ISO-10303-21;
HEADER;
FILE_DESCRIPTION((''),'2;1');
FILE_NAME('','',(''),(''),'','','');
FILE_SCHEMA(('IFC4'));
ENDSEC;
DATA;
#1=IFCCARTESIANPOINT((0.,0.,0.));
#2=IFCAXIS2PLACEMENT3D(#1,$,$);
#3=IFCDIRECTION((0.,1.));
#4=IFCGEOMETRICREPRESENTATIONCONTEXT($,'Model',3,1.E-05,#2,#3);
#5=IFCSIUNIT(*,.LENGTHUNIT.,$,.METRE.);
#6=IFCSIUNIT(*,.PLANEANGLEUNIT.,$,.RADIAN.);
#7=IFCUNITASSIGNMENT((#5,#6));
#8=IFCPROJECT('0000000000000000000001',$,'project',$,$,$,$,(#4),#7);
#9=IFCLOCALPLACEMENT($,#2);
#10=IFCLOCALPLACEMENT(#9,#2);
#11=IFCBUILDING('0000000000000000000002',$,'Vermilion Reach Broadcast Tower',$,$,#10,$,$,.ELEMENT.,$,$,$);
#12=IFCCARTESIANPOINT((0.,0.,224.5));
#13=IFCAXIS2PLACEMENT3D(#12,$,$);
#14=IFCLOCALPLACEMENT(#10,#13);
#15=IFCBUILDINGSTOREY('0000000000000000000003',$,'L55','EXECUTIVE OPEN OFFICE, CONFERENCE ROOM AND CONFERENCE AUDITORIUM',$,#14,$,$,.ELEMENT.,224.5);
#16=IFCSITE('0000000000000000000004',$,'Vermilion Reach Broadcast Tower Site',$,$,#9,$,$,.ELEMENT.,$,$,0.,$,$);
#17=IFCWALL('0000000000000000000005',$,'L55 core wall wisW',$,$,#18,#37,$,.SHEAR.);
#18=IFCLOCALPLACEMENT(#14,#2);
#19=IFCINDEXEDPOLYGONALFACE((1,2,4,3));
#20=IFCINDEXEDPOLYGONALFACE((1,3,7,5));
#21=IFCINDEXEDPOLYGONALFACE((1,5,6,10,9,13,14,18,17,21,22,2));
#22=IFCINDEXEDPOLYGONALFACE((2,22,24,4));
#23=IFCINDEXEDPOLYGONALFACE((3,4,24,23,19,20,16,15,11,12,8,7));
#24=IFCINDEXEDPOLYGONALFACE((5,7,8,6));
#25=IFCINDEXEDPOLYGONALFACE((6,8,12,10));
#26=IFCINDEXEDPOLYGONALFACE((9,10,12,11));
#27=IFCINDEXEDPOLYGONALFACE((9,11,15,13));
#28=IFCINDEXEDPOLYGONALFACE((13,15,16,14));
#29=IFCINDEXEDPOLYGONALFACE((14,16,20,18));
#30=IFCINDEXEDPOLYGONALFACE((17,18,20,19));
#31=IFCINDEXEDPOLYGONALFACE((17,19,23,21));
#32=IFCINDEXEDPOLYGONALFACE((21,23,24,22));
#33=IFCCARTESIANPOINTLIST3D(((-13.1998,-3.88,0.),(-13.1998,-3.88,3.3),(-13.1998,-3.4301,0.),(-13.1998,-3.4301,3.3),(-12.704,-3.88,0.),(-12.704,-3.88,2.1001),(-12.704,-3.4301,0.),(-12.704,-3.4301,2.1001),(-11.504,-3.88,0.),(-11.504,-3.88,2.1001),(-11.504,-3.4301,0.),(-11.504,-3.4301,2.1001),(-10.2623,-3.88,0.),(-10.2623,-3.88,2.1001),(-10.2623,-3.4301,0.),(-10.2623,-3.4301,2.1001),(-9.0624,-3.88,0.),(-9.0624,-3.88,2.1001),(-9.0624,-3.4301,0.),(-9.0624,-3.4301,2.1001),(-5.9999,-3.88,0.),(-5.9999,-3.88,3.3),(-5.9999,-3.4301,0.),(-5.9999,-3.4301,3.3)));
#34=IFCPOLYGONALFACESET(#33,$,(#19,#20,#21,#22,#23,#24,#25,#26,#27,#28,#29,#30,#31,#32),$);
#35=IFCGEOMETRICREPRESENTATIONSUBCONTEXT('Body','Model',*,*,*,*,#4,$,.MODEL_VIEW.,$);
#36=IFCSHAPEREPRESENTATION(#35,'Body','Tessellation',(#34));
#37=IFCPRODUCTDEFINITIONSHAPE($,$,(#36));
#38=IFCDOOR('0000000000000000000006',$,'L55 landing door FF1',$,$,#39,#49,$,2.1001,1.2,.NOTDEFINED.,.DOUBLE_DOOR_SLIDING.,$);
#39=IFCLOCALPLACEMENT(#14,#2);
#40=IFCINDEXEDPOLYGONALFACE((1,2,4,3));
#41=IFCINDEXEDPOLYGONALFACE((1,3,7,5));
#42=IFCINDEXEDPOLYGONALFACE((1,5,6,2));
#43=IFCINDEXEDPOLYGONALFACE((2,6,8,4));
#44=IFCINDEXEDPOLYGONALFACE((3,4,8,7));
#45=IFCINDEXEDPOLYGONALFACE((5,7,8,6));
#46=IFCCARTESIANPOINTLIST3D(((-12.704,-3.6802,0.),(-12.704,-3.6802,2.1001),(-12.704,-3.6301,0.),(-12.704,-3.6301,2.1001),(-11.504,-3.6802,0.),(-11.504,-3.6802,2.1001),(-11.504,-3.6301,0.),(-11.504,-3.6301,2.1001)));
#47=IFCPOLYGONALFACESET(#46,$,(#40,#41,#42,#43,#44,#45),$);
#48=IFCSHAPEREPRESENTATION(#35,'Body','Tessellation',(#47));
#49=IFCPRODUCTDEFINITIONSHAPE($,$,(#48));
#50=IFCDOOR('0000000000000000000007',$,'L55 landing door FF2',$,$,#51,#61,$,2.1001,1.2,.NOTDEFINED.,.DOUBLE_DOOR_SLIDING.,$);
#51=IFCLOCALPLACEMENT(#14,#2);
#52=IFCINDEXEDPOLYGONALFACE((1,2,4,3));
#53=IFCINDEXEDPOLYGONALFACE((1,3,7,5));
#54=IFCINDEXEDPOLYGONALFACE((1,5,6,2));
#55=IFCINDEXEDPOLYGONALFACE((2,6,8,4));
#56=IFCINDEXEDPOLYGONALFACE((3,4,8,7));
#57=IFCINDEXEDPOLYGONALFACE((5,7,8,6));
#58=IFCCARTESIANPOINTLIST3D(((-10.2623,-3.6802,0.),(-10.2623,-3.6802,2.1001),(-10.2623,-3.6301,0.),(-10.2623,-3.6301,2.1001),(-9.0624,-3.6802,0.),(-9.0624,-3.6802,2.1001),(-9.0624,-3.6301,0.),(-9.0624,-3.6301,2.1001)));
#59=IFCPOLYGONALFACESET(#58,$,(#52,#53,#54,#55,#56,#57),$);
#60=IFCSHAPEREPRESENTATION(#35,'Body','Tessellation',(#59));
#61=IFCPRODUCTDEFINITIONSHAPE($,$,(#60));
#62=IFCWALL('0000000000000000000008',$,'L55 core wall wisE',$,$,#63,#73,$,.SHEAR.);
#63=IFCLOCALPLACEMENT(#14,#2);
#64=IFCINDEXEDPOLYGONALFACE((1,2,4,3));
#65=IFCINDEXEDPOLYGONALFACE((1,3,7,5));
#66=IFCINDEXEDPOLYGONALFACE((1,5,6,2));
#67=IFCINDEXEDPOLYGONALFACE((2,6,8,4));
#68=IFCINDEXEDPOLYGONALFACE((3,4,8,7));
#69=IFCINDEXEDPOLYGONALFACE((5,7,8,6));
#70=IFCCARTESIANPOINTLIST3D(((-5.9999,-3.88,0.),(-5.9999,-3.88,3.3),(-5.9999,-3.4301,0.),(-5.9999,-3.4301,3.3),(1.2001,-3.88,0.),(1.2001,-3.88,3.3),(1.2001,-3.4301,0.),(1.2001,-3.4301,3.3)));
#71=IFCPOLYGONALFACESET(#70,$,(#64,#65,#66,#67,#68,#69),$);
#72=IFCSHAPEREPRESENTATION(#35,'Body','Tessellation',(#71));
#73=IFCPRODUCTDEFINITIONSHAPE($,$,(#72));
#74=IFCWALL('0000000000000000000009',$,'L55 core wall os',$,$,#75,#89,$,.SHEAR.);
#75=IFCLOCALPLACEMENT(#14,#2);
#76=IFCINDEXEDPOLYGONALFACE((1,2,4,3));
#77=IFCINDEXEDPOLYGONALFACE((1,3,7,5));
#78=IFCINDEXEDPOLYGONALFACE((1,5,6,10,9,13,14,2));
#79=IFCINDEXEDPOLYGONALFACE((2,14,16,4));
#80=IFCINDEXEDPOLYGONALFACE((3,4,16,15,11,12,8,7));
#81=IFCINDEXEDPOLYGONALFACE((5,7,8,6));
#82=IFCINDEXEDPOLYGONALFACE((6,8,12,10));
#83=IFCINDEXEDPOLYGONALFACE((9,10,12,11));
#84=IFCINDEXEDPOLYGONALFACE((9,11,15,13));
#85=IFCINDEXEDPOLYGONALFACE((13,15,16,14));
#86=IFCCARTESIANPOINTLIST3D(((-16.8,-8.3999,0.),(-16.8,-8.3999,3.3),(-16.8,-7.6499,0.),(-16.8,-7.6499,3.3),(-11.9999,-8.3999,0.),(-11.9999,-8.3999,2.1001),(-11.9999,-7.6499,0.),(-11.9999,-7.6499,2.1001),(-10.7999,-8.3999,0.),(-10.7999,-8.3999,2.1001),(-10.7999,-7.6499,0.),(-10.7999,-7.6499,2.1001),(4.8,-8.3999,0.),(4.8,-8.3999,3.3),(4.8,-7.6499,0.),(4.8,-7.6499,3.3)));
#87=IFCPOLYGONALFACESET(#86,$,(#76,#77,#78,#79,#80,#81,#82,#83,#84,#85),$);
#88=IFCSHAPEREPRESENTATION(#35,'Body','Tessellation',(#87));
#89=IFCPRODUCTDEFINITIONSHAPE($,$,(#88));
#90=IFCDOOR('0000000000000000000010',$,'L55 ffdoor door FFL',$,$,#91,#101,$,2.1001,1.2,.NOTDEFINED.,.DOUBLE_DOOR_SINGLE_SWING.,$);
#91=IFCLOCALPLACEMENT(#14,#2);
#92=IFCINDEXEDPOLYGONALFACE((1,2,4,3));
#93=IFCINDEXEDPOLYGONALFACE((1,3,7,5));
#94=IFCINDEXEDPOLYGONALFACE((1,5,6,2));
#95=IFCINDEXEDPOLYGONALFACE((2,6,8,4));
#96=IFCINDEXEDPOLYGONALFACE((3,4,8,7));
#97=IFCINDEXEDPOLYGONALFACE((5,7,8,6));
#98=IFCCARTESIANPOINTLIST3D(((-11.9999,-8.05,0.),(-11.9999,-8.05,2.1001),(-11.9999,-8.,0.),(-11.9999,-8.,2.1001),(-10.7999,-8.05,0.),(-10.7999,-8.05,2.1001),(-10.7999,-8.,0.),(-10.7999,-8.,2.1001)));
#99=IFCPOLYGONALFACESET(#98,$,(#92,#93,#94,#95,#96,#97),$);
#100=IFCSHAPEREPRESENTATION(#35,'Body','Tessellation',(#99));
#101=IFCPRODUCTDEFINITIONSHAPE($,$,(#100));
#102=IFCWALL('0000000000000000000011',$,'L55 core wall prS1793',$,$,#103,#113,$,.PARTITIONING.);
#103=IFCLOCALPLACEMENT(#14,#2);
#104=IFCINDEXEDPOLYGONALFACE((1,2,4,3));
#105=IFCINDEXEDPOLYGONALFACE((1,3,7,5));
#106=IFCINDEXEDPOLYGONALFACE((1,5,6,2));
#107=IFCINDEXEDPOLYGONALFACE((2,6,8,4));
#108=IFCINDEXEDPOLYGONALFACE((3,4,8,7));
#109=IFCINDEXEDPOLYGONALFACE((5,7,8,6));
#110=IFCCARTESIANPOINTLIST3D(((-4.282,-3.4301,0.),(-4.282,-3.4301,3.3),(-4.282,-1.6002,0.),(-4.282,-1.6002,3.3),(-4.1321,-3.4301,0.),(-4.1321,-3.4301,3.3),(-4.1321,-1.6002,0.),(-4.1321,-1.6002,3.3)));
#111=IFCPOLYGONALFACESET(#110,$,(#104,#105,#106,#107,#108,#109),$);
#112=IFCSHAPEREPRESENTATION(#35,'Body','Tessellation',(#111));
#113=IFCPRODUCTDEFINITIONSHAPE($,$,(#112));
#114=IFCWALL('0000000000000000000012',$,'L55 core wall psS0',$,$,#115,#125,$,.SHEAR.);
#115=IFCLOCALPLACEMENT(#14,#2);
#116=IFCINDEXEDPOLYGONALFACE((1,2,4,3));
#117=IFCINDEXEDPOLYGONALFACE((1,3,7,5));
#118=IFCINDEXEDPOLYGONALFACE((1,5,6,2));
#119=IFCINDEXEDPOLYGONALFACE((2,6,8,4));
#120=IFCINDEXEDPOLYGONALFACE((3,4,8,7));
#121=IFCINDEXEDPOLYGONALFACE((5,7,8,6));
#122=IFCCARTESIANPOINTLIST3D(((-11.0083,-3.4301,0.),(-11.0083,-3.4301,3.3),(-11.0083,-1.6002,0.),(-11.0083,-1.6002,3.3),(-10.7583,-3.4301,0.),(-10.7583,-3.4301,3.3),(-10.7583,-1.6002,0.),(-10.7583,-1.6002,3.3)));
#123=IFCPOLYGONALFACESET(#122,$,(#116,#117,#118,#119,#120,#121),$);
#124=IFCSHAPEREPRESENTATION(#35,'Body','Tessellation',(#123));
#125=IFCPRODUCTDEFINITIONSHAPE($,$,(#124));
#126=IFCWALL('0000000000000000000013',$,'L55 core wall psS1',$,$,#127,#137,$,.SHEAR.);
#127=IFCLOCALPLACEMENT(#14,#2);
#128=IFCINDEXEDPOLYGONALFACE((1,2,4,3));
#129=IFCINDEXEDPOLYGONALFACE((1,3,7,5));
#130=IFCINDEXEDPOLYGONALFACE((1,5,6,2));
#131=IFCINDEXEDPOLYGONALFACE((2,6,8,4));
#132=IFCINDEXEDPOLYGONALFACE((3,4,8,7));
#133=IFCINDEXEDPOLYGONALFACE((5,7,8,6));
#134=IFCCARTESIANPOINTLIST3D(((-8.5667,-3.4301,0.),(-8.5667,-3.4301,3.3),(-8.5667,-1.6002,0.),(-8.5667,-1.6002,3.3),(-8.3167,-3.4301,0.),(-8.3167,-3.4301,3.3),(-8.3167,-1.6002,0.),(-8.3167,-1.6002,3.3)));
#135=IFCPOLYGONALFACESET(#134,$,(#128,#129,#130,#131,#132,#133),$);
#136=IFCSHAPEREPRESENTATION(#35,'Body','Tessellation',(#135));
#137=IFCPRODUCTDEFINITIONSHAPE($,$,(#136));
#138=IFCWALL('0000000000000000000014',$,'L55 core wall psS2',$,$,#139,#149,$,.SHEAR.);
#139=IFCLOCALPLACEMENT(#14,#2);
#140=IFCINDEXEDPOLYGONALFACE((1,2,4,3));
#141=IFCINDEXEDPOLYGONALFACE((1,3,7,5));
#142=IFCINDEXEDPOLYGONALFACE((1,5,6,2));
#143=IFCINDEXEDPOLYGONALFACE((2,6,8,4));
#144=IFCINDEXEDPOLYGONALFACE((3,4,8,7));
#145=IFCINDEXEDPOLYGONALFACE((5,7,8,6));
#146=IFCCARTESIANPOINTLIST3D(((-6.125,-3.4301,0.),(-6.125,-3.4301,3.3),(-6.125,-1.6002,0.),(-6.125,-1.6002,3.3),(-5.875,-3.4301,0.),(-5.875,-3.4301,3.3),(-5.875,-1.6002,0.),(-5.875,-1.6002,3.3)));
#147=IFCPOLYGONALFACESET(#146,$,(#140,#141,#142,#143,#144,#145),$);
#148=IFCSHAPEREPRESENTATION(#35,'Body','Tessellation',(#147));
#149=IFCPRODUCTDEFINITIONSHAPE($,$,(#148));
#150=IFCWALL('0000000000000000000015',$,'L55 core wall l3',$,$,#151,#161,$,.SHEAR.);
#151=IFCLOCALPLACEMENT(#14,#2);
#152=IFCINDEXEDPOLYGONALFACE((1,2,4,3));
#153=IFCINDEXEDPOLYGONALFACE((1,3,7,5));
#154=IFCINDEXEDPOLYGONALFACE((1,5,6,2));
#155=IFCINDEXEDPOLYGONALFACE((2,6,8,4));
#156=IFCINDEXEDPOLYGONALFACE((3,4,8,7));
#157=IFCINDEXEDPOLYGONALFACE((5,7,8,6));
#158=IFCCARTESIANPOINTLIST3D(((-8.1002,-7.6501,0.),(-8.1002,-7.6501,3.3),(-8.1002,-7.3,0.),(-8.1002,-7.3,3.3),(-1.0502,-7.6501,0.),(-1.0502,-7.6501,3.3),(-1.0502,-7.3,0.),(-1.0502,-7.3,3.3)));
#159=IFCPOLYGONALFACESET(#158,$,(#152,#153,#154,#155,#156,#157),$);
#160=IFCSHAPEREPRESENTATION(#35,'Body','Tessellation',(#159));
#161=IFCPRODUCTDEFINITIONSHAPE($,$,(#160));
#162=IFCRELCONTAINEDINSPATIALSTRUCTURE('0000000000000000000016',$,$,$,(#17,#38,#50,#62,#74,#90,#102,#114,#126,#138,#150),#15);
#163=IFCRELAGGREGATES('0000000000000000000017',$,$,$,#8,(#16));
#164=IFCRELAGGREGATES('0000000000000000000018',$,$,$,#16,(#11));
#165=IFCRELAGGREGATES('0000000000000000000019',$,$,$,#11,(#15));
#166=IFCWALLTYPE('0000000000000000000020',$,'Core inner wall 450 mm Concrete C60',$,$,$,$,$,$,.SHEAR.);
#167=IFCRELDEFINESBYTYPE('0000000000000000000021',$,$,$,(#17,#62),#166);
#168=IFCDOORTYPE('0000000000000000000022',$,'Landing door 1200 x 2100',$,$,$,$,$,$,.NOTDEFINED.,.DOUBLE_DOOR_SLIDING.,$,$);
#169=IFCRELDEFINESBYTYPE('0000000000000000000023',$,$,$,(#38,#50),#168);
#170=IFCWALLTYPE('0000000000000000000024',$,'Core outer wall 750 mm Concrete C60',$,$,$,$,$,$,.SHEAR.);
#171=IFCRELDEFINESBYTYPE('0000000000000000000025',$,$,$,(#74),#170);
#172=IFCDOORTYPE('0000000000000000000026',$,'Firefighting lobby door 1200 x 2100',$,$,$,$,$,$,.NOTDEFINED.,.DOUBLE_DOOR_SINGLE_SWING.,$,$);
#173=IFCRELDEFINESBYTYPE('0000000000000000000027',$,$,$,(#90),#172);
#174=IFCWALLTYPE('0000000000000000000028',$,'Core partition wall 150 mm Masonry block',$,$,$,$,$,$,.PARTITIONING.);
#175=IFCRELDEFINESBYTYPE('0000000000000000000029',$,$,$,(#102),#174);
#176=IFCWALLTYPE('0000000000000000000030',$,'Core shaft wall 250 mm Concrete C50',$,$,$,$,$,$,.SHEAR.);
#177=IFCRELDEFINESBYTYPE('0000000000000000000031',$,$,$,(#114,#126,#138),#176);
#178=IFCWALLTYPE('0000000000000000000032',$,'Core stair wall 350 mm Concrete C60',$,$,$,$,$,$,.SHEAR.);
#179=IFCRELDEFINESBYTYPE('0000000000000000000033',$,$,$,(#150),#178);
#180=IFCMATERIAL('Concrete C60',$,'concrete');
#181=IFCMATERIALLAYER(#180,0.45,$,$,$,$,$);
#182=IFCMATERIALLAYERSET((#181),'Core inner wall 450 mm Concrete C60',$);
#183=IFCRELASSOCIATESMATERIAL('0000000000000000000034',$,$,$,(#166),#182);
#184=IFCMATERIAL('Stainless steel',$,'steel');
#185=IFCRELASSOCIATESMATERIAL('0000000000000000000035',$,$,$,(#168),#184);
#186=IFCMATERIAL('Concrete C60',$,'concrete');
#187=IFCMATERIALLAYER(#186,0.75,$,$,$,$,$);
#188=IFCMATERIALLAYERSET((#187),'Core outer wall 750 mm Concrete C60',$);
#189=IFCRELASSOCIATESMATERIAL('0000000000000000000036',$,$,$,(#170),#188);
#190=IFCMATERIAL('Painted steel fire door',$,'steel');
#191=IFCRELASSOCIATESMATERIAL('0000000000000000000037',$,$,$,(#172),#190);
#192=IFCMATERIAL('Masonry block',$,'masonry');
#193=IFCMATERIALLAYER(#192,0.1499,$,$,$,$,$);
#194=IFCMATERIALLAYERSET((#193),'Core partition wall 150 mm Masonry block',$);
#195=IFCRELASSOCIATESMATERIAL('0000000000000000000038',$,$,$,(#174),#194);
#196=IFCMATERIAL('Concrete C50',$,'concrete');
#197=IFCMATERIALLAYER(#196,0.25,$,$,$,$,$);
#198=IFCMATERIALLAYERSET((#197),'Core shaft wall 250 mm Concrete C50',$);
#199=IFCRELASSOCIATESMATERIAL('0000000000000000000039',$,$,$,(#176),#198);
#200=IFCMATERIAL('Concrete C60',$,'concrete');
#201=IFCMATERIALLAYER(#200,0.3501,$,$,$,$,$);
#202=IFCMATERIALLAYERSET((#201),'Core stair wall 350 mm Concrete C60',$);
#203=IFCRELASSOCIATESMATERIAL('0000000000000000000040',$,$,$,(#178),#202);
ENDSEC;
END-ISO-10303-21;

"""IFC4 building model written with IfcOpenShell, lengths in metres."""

from ifc_helpers import new_model, si_unit, direction, frame, frame_2d, origin, place, context, subcontext, project, spatial, rectangle, extrude, material, layer, layer_set, type_object, element, fill, save


model = new_model("IFC4")

# Units and contexts
model_context = context("Model", 3, precision=1e-05, world=origin(), true_north=direction((0.0, 1.0)))
body_context = subcontext(model_context, "Body", "Model", "MODEL_VIEW")
ifc_project = project(units=[si_unit("LENGTHUNIT", "METRE"), si_unit("PLANEANGLEUNIT", "RADIAN")], contexts=[model_context])

# Site, building, storey
site_placement = place(None, origin())
site = spatial("IfcSite", under=ifc_project, at=site_placement, Name="Vermilion Reach Broadcast Tower Site", CompositionType="ELEMENT", RefElevation=0.0)
building_placement = place(site_placement, origin())
building = spatial("IfcBuilding", under=site, at=building_placement, Name="Vermilion Reach Broadcast Tower", CompositionType="ELEMENT")
storey_placement = place(building_placement, frame((0.0, 0.0, 224.5)))
storey = spatial("IfcBuildingStorey", under=building, at=storey_placement, Name="L55", Description="EXECUTIVE OPEN OFFICE, CONFERENCE ROOM AND CONFERENCE AUDITORIUM", CompositionType="ELEMENT", Elevation=224.5)

# Wall, openings, doors
ifc_material_1 = material(Name="Concrete C60", Category="concrete")
ifc_layer_1 = layer(ifc_material_1, 0.45)
ifc_layer_set_1 = layer_set([ifc_layer_1], Name="Core inner wall 450 mm Concrete C60")
wall_type_1 = type_object("IfcWallType", Name="Core inner wall 450 mm Concrete C60", PredefinedType="SHEAR", material=ifc_layer_set_1)
wall_1_placement = place(storey_placement, frame((-13.2, -3.655, 0.0), z_axis=(0.0, 0.0, 1.0), x_axis=(1.0, 0.0, 0.0)))
wall_1 = element("IfcWall", 1, at=wall_1_placement, inside=storey, type_object=wall_type_1, Name="L55 core wall wisW", PredefinedType="SHEAR", context=body_context, shape_type="SweptSolid", body=[
    extrude(rectangle(XDim=7.2, YDim=0.45, at=frame_2d((3.6001, 0.0))), origin(), (0.0, 0.0, 1.0), 3.3),
])
opening_1_placement = place(wall_1_placement, frame((0.4958, 0.0, 0.0)))
opening_1 = element("IfcOpeningElement", 2, at=opening_1_placement, cuts=wall_1, PredefinedType="OPENING", context=body_context, shape_type="SweptSolid", body=[
    extrude(rectangle(XDim=1.2, YDim=2.1001, at=frame_2d((0.6001, 1.05))), frame((0.0, 0.2349, 0.0), z_axis=(0.0, -1.0, 0.0), x_axis=(1.0, 0.0, 0.0)), (0.0, 0.0, 1.0), 0.47),
])
opening_2_placement = place(wall_1_placement, frame((2.9375, 0.0, 0.0)))
opening_2 = element("IfcOpeningElement", 3, at=opening_2_placement, cuts=wall_1, PredefinedType="OPENING", context=body_context, shape_type="SweptSolid", body=[
    extrude(rectangle(XDim=1.2, YDim=2.1001, at=frame_2d((0.6001, 1.05))), frame((0.0, 0.2349, 0.0), z_axis=(0.0, -1.0, 0.0), x_axis=(1.0, 0.0, 0.0)), (0.0, 0.0, 1.0), 0.47),
])
ifc_material_2 = material(Name="Stainless steel", Category="steel")
door_type_1 = type_object("IfcDoorType", Name="Landing door 1200 x 2100", OperationType="DOUBLE_DOOR_SLIDING", PredefinedType="NOTDEFINED", material=ifc_material_2)
door_1_placement = place(opening_1_placement, origin())
door_1 = element("IfcDoor", 4, at=door_1_placement, inside=storey, type_object=door_type_1, Name="L55 landing door FF1", OperationType="DOUBLE_DOOR_SLIDING", OverallHeight=2.1001, OverallWidth=1.2, PredefinedType="NOTDEFINED", context=body_context, shape_type="SweptSolid", body=[
    extrude(rectangle(XDim=1.2, YDim=2.1001, at=frame_2d((0.6001, 1.05))), frame((0.0, 0.0249, 0.0), z_axis=(0.0, -1.0, 0.0), x_axis=(1.0, 0.0, 0.0)), (0.0, 0.0, 1.0), 0.05),
])
fill(opening_1, door_1)
door_2_placement = place(opening_2_placement, origin())
door_2 = element("IfcDoor", 5, at=door_2_placement, inside=storey, type_object=door_type_1, Name="L55 landing door FF2", OperationType="DOUBLE_DOOR_SLIDING", OverallHeight=2.1001, OverallWidth=1.2, PredefinedType="NOTDEFINED", context=body_context, shape_type="SweptSolid", body=[
    extrude(rectangle(XDim=1.2, YDim=2.1001, at=frame_2d((0.6001, 1.05))), frame((0.0, 0.0249, 0.0), z_axis=(0.0, -1.0, 0.0), x_axis=(1.0, 0.0, 0.0)), (0.0, 0.0, 1.0), 0.05),
])
fill(opening_2, door_2)

# Wall
wall_2_placement = place(storey_placement, frame((-6.0, -3.655, 0.0), z_axis=(0.0, 0.0, 1.0), x_axis=(1.0, 0.0, 0.0)))
element("IfcWall", 6, at=wall_2_placement, inside=storey, type_object=wall_type_1, Name="L55 core wall wisE", PredefinedType="SHEAR", context=body_context, shape_type="SweptSolid", body=[
    extrude(rectangle(XDim=7.2, YDim=0.45, at=frame_2d((3.6001, 0.0))), origin(), (0.0, 0.0, 1.0), 3.3),
])

# Wall, opening, door
ifc_material_3 = material(Name="Concrete C60", Category="concrete")
ifc_layer_2 = layer(ifc_material_3, 0.75)
ifc_layer_set_2 = layer_set([ifc_layer_2], Name="Core outer wall 750 mm Concrete C60")
wall_type_2 = type_object("IfcWallType", Name="Core outer wall 750 mm Concrete C60", PredefinedType="SHEAR", material=ifc_layer_set_2)
wall_3_placement = place(storey_placement, frame((-16.8, -8.0249, 0.0), z_axis=(0.0, 0.0, 1.0), x_axis=(1.0, 0.0, 0.0)))
wall_3 = element("IfcWall", 7, at=wall_3_placement, inside=storey, type_object=wall_type_2, Name="L55 core wall os", PredefinedType="SHEAR", context=body_context, shape_type="SweptSolid", body=[
    extrude(rectangle(XDim=21.6001, YDim=0.75, at=frame_2d((10.8, 0.0))), origin(), (0.0, 0.0, 1.0), 3.3),
])
opening_3_placement = place(wall_3_placement, frame((4.8, 0.0, 0.0)))
opening_3 = element("IfcOpeningElement", 8, at=opening_3_placement, cuts=wall_3, PredefinedType="OPENING", context=body_context, shape_type="SweptSolid", body=[
    extrude(rectangle(XDim=1.2, YDim=2.1001, at=frame_2d((0.6001, 1.05))), frame((0.0, 0.385, 0.0), z_axis=(0.0, -1.0, 0.0), x_axis=(1.0, 0.0, 0.0)), (0.0, 0.0, 1.0), 0.77),
])
ifc_material_4 = material(Name="Painted steel fire door", Category="steel")
door_type_2 = type_object("IfcDoorType", Name="Firefighting lobby door 1200 x 2100", OperationType="DOUBLE_DOOR_SINGLE_SWING", PredefinedType="NOTDEFINED", material=ifc_material_4)
door_3_placement = place(opening_3_placement, origin())
door_3 = element("IfcDoor", 9, at=door_3_placement, inside=storey, type_object=door_type_2, Name="L55 ffdoor door FFL", OperationType="DOUBLE_DOOR_SINGLE_SWING", OverallHeight=2.1001, OverallWidth=1.2, PredefinedType="NOTDEFINED", context=body_context, shape_type="SweptSolid", body=[
    extrude(rectangle(XDim=1.2, YDim=2.1001, at=frame_2d((0.6001, 1.05))), frame((0.0, 0.0249, 0.0), z_axis=(0.0, -1.0, 0.0), x_axis=(1.0, 0.0, 0.0)), (0.0, 0.0, 1.0), 0.05),
])
fill(opening_3, door_3)

# Walls
ifc_material_5 = material(Name="Masonry block", Category="masonry")
ifc_layer_3 = layer(ifc_material_5, 0.1499)
ifc_layer_set_3 = layer_set([ifc_layer_3], Name="Core partition wall 150 mm Masonry block")
wall_type_3 = type_object("IfcWallType", Name="Core partition wall 150 mm Masonry block", PredefinedType="PARTITIONING", material=ifc_layer_set_3)
wall_4_placement = place(storey_placement, frame((-4.207, -1.6001, 0.0), z_axis=(0.0, 0.0, 1.0), x_axis=(0.0, -1.0, 0.0)))
element("IfcWall", 10, at=wall_4_placement, inside=storey, type_object=wall_type_3, Name="L55 core wall prS1793", PredefinedType="PARTITIONING", context=body_context, shape_type="SweptSolid", body=[
    extrude(rectangle(XDim=1.8298, YDim=0.1499, at=frame_2d((0.915, 0.0))), origin(), (0.0, 0.0, 1.0), 3.3),
])
ifc_material_6 = material(Name="Concrete C50", Category="concrete")
ifc_layer_4 = layer(ifc_material_6, 0.25)
ifc_layer_set_4 = layer_set([ifc_layer_4], Name="Core shaft wall 250 mm Concrete C50")
wall_type_4 = type_object("IfcWallType", Name="Core shaft wall 250 mm Concrete C50", PredefinedType="SHEAR", material=ifc_layer_set_4)
for number, where, z_axis, x_axis, name in (
    (11, (-10.8833, -1.6001, 0.0), (0.0, 0.0, 1.0), (0.0, -1.0, 0.0), "L55 core wall psS0"),
    (12, (-8.4417, -1.6001, 0.0), (0.0, 0.0, 1.0), (0.0, -1.0, 0.0), "L55 core wall psS1"),
    (13, (-6.0, -1.6001, 0.0), (0.0, 0.0, 1.0), (0.0, -1.0, 0.0), "L55 core wall psS2"),
):
    element("IfcWall", number, at=place(storey_placement, frame(where, z_axis=z_axis, x_axis=x_axis)), inside=storey, type_object=wall_type_4, Name=name, PredefinedType="SHEAR", context=body_context, shape_type="SweptSolid", body=[
        extrude(rectangle(XDim=1.8298, YDim=0.25, at=frame_2d((0.915, 0.0))), origin(), (0.0, 0.0, 1.0), 3.3),
    ])
ifc_material_7 = material(Name="Concrete C60", Category="concrete")
ifc_layer_5 = layer(ifc_material_7, 0.3501)
ifc_layer_set_5 = layer_set([ifc_layer_5], Name="Core stair wall 350 mm Concrete C60")
wall_type_5 = type_object("IfcWallType", Name="Core stair wall 350 mm Concrete C60", PredefinedType="SHEAR", material=ifc_layer_set_5)
wall_5_placement = place(storey_placement, frame((-8.1001, -7.4751, 0.0), z_axis=(0.0, 0.0, 1.0), x_axis=(1.0, 0.0, 0.0)))
element("IfcWall", 14, at=wall_5_placement, inside=storey, type_object=wall_type_5, Name="L55 core wall l3", PredefinedType="SHEAR", context=body_context, shape_type="SweptSolid", body=[
    extrude(rectangle(XDim=7.05, YDim=0.3501, at=frame_2d((3.5249, 0.0))), origin(), (0.0, 0.0, 1.0), 3.3),
])

save(model, "model.ifc")
